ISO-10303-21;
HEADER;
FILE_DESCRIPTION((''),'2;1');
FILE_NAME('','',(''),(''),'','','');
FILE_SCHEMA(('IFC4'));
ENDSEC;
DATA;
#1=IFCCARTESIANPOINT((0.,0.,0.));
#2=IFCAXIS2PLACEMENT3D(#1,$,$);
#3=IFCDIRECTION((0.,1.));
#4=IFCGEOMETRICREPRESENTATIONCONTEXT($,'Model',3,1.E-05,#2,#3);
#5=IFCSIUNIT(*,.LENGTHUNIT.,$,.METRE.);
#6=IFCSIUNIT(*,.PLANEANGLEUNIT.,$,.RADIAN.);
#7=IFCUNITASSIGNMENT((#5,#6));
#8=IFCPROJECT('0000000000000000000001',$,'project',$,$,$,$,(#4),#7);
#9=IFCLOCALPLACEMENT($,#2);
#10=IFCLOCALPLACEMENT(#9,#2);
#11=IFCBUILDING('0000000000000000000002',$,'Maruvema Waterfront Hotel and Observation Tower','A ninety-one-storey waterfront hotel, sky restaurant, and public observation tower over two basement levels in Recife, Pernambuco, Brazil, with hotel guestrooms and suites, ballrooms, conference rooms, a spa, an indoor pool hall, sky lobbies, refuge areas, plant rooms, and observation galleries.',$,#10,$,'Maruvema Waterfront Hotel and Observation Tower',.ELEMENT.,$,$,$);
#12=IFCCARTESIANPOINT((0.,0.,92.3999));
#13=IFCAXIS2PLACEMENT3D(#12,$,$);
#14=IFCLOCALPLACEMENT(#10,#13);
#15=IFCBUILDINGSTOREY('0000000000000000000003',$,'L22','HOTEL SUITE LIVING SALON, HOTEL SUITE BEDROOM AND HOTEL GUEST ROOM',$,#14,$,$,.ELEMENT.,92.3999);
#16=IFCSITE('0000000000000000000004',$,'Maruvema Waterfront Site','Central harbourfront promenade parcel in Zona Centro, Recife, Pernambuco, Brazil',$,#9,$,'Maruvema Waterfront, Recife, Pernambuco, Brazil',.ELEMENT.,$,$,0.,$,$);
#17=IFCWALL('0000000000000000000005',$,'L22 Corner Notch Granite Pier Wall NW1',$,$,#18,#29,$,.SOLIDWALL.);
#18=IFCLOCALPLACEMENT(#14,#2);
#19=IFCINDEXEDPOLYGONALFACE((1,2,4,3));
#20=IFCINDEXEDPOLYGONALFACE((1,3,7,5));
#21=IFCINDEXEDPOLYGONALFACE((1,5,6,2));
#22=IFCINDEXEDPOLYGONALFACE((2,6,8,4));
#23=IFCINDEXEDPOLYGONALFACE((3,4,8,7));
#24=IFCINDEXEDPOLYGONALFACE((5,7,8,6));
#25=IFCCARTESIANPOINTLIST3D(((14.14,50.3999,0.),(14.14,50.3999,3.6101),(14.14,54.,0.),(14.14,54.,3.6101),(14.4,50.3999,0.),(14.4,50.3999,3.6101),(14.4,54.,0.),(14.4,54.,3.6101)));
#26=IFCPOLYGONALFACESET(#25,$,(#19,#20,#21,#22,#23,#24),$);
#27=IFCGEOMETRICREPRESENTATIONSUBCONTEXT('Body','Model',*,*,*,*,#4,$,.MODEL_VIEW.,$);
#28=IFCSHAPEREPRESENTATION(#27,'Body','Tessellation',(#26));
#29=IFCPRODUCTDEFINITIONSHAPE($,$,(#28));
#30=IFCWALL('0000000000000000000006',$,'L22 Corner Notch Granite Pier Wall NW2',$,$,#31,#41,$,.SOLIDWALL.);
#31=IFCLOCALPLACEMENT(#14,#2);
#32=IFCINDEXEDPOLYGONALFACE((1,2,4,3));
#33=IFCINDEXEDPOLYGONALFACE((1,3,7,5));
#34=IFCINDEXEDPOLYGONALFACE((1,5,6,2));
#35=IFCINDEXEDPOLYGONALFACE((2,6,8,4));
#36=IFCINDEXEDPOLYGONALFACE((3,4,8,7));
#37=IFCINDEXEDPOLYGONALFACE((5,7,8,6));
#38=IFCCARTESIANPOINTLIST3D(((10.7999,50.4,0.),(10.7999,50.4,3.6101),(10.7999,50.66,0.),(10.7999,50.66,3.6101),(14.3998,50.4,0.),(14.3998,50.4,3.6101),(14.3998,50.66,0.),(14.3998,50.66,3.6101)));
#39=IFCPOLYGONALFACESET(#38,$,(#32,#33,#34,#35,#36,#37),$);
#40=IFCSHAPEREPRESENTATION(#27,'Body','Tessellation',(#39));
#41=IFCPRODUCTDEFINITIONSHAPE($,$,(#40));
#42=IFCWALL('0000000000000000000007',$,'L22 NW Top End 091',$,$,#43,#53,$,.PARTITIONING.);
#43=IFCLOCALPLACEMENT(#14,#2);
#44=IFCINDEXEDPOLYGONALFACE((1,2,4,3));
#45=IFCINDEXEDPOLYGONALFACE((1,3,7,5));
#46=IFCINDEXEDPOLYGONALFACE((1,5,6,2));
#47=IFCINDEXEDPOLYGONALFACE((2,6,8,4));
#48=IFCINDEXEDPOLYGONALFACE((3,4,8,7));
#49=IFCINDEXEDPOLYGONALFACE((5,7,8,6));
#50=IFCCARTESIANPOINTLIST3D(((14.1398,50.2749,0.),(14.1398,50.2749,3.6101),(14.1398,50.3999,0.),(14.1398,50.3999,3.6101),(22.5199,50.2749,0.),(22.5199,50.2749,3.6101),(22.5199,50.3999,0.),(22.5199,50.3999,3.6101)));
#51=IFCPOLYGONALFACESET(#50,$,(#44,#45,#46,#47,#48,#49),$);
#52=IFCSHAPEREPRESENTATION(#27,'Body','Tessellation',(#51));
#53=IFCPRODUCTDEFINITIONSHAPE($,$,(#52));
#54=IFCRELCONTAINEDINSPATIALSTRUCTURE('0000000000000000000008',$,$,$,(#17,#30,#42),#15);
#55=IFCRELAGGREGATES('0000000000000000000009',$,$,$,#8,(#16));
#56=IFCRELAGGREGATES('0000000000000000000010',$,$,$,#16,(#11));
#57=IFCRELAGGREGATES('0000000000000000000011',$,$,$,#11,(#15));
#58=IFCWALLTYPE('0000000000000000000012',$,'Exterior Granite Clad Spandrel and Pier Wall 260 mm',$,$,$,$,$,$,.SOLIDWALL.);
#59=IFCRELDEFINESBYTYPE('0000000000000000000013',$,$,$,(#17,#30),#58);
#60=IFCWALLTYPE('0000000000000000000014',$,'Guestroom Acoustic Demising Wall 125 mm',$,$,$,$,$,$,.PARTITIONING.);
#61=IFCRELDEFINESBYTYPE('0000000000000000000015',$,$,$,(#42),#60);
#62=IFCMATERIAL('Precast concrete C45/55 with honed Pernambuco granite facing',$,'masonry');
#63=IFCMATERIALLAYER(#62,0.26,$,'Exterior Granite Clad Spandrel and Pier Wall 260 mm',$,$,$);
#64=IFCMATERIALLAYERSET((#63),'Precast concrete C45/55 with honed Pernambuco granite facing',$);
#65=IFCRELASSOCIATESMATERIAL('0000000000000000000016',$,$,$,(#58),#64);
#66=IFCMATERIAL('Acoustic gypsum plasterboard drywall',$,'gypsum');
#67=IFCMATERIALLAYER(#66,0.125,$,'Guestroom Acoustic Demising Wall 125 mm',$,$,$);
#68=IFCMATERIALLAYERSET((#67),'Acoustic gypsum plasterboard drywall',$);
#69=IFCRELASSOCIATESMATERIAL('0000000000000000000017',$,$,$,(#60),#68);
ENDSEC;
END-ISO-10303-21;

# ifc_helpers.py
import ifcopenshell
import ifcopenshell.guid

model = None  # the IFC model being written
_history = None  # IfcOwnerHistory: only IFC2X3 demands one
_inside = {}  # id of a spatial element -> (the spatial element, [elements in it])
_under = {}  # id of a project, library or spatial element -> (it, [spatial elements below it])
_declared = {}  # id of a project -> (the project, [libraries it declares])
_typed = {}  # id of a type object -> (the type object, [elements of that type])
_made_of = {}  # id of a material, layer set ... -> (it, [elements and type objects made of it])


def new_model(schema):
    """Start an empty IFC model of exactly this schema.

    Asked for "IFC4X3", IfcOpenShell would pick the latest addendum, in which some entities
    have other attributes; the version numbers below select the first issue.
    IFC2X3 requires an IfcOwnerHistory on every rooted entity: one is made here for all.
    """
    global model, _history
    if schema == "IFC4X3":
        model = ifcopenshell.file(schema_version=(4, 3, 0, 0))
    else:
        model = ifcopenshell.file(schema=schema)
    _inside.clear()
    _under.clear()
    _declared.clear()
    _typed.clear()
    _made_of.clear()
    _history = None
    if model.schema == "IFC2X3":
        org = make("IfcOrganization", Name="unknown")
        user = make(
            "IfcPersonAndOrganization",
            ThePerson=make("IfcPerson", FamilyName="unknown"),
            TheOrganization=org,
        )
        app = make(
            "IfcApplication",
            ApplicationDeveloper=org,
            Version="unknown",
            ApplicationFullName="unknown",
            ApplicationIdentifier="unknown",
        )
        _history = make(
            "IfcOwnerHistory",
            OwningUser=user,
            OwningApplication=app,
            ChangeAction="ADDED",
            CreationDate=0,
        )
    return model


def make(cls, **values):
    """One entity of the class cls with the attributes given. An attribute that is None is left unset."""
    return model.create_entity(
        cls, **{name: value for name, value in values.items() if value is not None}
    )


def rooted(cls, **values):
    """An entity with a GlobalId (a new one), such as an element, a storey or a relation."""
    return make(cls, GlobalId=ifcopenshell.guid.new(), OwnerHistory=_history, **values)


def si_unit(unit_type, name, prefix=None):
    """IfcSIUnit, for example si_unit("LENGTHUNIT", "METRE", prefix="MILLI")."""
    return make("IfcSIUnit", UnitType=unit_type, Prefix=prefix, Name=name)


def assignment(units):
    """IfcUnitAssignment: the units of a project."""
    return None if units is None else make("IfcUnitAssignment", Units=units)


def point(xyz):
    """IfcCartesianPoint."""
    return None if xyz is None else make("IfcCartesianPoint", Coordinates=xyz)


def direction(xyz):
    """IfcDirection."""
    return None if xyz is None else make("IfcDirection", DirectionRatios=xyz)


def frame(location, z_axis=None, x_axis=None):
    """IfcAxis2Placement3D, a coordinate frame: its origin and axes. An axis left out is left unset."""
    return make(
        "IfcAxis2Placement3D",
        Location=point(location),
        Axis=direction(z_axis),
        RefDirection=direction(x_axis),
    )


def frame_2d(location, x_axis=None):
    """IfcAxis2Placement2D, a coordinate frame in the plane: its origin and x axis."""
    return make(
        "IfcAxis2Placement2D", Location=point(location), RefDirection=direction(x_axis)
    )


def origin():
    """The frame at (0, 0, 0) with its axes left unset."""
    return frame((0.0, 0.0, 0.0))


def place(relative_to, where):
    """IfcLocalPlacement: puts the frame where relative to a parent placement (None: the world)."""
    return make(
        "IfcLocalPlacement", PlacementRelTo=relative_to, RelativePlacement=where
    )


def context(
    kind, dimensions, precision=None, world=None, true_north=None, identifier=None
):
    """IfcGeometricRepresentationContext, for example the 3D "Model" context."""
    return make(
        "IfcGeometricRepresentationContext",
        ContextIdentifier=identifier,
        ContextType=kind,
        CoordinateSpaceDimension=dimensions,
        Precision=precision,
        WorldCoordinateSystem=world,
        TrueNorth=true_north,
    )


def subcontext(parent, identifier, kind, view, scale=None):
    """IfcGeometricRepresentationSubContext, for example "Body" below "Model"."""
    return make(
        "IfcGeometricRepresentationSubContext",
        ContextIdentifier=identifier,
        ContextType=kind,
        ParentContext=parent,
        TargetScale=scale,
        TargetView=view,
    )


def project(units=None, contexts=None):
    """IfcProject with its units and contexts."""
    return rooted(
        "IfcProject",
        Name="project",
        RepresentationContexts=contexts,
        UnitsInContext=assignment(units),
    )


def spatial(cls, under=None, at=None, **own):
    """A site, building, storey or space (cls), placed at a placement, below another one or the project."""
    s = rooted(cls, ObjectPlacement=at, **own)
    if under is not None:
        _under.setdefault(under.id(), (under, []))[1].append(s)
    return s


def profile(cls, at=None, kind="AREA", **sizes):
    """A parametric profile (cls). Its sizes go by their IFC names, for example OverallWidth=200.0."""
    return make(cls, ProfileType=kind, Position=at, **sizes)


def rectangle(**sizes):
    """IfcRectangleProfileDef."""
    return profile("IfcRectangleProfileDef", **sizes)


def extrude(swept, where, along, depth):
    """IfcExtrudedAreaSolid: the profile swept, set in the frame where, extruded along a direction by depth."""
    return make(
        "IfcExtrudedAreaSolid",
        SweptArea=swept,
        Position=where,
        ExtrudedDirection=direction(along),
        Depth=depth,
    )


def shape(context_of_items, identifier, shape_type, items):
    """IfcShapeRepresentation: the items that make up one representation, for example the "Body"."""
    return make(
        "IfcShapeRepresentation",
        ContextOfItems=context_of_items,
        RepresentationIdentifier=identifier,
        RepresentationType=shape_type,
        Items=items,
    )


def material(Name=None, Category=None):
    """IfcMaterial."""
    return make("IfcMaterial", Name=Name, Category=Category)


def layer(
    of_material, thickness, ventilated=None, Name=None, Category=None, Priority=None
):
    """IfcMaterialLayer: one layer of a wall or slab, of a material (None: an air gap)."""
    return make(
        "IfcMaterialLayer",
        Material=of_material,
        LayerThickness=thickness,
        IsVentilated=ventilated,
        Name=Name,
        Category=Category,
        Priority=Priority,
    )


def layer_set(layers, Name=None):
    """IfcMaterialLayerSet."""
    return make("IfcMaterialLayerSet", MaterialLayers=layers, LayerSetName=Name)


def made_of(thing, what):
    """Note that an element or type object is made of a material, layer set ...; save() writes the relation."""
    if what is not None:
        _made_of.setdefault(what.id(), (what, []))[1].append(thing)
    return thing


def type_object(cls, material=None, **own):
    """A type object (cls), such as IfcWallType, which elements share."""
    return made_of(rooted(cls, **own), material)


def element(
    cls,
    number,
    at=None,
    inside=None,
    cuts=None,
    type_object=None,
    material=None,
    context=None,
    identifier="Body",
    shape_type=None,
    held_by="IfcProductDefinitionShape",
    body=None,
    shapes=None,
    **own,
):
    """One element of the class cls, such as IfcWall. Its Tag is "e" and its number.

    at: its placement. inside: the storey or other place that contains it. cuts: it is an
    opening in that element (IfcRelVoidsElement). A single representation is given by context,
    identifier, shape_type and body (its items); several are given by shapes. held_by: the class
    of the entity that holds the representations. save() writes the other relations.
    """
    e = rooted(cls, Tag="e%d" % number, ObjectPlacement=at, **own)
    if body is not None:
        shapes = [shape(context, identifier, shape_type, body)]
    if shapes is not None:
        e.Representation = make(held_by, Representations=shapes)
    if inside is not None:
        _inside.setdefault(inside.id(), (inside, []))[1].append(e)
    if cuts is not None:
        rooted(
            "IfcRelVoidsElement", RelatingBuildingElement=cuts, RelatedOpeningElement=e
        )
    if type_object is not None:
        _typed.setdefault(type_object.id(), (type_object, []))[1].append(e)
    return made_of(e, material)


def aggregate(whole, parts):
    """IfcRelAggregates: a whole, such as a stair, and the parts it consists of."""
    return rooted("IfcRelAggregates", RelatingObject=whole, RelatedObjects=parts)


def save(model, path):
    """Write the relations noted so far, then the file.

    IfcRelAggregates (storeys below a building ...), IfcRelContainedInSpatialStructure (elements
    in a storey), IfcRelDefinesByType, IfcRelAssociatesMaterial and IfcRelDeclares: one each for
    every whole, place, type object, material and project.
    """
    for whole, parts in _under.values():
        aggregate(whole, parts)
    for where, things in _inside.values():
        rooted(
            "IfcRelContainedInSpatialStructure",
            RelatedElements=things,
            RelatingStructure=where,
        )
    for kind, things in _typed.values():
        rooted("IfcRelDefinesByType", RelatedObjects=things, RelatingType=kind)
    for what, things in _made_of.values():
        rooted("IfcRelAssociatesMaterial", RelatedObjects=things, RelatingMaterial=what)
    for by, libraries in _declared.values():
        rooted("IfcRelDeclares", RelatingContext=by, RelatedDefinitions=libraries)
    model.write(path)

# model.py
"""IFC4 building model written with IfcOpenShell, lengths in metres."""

from ifc_helpers import new_model, si_unit, direction, frame, frame_2d, origin, place, context, subcontext, project, spatial, rectangle, extrude, material, layer, layer_set, type_object, element, save


model = new_model("IFC4")

# Units and contexts
model_context = context("Model", 3, precision=1e-05, world=origin(), true_north=direction((0.0, 1.0)))
body_context = subcontext(model_context, "Body", "Model", "MODEL_VIEW")
ifc_project = project(units=[si_unit("LENGTHUNIT", "METRE"), si_unit("PLANEANGLEUNIT", "RADIAN")], contexts=[model_context])

# Site, building, storey
site_placement = place(None, origin())
site = spatial("IfcSite", under=ifc_project, at=site_placement, Name="Maruvema Waterfront Site", Description="Central harbourfront promenade parcel in Zona Centro, Recife, Pernambuco, Brazil", LongName="Maruvema Waterfront, Recife, Pernambuco, Brazil", CompositionType="ELEMENT", RefElevation=0.0)
building_placement = place(site_placement, origin())
building = spatial("IfcBuilding", under=site, at=building_placement, Name="Maruvema Waterfront Hotel and Observation Tower", Description="A ninety-one-storey waterfront hotel, sky restaurant, and public observation tower over two basement levels in Recife, Pernambuco, Brazil, with hotel guestrooms and suites, ballrooms, conference rooms, a spa, an indoor pool hall, sky lobbies, refuge areas, plant rooms, and observation galleries.", LongName="Maruvema Waterfront Hotel and Observation Tower", CompositionType="ELEMENT")
storey_placement = place(building_placement, frame((0.0, 0.0, 92.3999)))
storey = spatial("IfcBuildingStorey", under=building, at=storey_placement, Name="L22", Description="HOTEL SUITE LIVING SALON, HOTEL SUITE BEDROOM AND HOTEL GUEST ROOM", CompositionType="ELEMENT", Elevation=92.3999)

# Walls
ifc_material_1 = material(Name="Precast concrete C45/55 with honed Pernambuco granite facing", Category="masonry")
ifc_layer_1 = layer(ifc_material_1, 0.26, Name="Exterior Granite Clad Spandrel and Pier Wall 260 mm")
ifc_layer_set_1 = layer_set([ifc_layer_1], Name="Precast concrete C45/55 with honed Pernambuco granite facing")
wall_type_1 = type_object("IfcWallType", Name="Exterior Granite Clad Spandrel and Pier Wall 260 mm", PredefinedType="SOLIDWALL", material=ifc_layer_set_1)
wall_1_placement = place(storey_placement, frame((14.27, 50.3999, 0.0), z_axis=(0.0, 0.0, 1.0), x_axis=(0.0, 1.0, 0.0)))
element("IfcWall", 1, at=wall_1_placement, inside=storey, type_object=wall_type_1, Name="L22 Corner Notch Granite Pier Wall NW1", PredefinedType="SOLIDWALL", context=body_context, shape_type="SweptSolid", body=[
    extrude(rectangle(XDim=3.6001, YDim=0.26, at=frame_2d((1.8, 0.0))), origin(), (0.0, 0.0, 1.0), 3.6101),
])
wall_2_placement = place(storey_placement, frame((10.8, 50.53, 0.0), z_axis=(0.0, 0.0, 1.0), x_axis=(1.0, 0.0, 0.0)))
element("IfcWall", 2, at=wall_2_placement, inside=storey, type_object=wall_type_1, Name="L22 Corner Notch Granite Pier Wall NW2", PredefinedType="SOLIDWALL", context=body_context, shape_type="SweptSolid", body=[
    extrude(rectangle(XDim=3.5999, YDim=0.26, at=frame_2d((1.7998, 0.0))), origin(), (0.0, 0.0, 1.0), 3.6101),
])
ifc_material_2 = material(Name="Acoustic gypsum plasterboard drywall", Category="gypsum")
ifc_layer_2 = layer(ifc_material_2, 0.125, Name="Guestroom Acoustic Demising Wall 125 mm")
ifc_layer_set_2 = layer_set([ifc_layer_2], Name="Acoustic gypsum plasterboard drywall")
wall_type_2 = type_object("IfcWallType", Name="Guestroom Acoustic Demising Wall 125 mm", PredefinedType="PARTITIONING", material=ifc_layer_set_2)
wall_3_placement = place(storey_placement, frame((14.1399, 50.3374, 0.0), z_axis=(0.0, 0.0, 1.0), x_axis=(1.0, 0.0, 0.0)))
element("IfcWall", 3, at=wall_3_placement, inside=storey, type_object=wall_type_2, Name="L22 NW Top End 091", PredefinedType="PARTITIONING", context=body_context, shape_type="SweptSolid", body=[
    extrude(rectangle(XDim=8.3801, YDim=0.125, at=frame_2d((4.1899, 0.0))), origin(), (0.0, 0.0, 1.0), 3.6101),
])

save(model, "model.ifc")
